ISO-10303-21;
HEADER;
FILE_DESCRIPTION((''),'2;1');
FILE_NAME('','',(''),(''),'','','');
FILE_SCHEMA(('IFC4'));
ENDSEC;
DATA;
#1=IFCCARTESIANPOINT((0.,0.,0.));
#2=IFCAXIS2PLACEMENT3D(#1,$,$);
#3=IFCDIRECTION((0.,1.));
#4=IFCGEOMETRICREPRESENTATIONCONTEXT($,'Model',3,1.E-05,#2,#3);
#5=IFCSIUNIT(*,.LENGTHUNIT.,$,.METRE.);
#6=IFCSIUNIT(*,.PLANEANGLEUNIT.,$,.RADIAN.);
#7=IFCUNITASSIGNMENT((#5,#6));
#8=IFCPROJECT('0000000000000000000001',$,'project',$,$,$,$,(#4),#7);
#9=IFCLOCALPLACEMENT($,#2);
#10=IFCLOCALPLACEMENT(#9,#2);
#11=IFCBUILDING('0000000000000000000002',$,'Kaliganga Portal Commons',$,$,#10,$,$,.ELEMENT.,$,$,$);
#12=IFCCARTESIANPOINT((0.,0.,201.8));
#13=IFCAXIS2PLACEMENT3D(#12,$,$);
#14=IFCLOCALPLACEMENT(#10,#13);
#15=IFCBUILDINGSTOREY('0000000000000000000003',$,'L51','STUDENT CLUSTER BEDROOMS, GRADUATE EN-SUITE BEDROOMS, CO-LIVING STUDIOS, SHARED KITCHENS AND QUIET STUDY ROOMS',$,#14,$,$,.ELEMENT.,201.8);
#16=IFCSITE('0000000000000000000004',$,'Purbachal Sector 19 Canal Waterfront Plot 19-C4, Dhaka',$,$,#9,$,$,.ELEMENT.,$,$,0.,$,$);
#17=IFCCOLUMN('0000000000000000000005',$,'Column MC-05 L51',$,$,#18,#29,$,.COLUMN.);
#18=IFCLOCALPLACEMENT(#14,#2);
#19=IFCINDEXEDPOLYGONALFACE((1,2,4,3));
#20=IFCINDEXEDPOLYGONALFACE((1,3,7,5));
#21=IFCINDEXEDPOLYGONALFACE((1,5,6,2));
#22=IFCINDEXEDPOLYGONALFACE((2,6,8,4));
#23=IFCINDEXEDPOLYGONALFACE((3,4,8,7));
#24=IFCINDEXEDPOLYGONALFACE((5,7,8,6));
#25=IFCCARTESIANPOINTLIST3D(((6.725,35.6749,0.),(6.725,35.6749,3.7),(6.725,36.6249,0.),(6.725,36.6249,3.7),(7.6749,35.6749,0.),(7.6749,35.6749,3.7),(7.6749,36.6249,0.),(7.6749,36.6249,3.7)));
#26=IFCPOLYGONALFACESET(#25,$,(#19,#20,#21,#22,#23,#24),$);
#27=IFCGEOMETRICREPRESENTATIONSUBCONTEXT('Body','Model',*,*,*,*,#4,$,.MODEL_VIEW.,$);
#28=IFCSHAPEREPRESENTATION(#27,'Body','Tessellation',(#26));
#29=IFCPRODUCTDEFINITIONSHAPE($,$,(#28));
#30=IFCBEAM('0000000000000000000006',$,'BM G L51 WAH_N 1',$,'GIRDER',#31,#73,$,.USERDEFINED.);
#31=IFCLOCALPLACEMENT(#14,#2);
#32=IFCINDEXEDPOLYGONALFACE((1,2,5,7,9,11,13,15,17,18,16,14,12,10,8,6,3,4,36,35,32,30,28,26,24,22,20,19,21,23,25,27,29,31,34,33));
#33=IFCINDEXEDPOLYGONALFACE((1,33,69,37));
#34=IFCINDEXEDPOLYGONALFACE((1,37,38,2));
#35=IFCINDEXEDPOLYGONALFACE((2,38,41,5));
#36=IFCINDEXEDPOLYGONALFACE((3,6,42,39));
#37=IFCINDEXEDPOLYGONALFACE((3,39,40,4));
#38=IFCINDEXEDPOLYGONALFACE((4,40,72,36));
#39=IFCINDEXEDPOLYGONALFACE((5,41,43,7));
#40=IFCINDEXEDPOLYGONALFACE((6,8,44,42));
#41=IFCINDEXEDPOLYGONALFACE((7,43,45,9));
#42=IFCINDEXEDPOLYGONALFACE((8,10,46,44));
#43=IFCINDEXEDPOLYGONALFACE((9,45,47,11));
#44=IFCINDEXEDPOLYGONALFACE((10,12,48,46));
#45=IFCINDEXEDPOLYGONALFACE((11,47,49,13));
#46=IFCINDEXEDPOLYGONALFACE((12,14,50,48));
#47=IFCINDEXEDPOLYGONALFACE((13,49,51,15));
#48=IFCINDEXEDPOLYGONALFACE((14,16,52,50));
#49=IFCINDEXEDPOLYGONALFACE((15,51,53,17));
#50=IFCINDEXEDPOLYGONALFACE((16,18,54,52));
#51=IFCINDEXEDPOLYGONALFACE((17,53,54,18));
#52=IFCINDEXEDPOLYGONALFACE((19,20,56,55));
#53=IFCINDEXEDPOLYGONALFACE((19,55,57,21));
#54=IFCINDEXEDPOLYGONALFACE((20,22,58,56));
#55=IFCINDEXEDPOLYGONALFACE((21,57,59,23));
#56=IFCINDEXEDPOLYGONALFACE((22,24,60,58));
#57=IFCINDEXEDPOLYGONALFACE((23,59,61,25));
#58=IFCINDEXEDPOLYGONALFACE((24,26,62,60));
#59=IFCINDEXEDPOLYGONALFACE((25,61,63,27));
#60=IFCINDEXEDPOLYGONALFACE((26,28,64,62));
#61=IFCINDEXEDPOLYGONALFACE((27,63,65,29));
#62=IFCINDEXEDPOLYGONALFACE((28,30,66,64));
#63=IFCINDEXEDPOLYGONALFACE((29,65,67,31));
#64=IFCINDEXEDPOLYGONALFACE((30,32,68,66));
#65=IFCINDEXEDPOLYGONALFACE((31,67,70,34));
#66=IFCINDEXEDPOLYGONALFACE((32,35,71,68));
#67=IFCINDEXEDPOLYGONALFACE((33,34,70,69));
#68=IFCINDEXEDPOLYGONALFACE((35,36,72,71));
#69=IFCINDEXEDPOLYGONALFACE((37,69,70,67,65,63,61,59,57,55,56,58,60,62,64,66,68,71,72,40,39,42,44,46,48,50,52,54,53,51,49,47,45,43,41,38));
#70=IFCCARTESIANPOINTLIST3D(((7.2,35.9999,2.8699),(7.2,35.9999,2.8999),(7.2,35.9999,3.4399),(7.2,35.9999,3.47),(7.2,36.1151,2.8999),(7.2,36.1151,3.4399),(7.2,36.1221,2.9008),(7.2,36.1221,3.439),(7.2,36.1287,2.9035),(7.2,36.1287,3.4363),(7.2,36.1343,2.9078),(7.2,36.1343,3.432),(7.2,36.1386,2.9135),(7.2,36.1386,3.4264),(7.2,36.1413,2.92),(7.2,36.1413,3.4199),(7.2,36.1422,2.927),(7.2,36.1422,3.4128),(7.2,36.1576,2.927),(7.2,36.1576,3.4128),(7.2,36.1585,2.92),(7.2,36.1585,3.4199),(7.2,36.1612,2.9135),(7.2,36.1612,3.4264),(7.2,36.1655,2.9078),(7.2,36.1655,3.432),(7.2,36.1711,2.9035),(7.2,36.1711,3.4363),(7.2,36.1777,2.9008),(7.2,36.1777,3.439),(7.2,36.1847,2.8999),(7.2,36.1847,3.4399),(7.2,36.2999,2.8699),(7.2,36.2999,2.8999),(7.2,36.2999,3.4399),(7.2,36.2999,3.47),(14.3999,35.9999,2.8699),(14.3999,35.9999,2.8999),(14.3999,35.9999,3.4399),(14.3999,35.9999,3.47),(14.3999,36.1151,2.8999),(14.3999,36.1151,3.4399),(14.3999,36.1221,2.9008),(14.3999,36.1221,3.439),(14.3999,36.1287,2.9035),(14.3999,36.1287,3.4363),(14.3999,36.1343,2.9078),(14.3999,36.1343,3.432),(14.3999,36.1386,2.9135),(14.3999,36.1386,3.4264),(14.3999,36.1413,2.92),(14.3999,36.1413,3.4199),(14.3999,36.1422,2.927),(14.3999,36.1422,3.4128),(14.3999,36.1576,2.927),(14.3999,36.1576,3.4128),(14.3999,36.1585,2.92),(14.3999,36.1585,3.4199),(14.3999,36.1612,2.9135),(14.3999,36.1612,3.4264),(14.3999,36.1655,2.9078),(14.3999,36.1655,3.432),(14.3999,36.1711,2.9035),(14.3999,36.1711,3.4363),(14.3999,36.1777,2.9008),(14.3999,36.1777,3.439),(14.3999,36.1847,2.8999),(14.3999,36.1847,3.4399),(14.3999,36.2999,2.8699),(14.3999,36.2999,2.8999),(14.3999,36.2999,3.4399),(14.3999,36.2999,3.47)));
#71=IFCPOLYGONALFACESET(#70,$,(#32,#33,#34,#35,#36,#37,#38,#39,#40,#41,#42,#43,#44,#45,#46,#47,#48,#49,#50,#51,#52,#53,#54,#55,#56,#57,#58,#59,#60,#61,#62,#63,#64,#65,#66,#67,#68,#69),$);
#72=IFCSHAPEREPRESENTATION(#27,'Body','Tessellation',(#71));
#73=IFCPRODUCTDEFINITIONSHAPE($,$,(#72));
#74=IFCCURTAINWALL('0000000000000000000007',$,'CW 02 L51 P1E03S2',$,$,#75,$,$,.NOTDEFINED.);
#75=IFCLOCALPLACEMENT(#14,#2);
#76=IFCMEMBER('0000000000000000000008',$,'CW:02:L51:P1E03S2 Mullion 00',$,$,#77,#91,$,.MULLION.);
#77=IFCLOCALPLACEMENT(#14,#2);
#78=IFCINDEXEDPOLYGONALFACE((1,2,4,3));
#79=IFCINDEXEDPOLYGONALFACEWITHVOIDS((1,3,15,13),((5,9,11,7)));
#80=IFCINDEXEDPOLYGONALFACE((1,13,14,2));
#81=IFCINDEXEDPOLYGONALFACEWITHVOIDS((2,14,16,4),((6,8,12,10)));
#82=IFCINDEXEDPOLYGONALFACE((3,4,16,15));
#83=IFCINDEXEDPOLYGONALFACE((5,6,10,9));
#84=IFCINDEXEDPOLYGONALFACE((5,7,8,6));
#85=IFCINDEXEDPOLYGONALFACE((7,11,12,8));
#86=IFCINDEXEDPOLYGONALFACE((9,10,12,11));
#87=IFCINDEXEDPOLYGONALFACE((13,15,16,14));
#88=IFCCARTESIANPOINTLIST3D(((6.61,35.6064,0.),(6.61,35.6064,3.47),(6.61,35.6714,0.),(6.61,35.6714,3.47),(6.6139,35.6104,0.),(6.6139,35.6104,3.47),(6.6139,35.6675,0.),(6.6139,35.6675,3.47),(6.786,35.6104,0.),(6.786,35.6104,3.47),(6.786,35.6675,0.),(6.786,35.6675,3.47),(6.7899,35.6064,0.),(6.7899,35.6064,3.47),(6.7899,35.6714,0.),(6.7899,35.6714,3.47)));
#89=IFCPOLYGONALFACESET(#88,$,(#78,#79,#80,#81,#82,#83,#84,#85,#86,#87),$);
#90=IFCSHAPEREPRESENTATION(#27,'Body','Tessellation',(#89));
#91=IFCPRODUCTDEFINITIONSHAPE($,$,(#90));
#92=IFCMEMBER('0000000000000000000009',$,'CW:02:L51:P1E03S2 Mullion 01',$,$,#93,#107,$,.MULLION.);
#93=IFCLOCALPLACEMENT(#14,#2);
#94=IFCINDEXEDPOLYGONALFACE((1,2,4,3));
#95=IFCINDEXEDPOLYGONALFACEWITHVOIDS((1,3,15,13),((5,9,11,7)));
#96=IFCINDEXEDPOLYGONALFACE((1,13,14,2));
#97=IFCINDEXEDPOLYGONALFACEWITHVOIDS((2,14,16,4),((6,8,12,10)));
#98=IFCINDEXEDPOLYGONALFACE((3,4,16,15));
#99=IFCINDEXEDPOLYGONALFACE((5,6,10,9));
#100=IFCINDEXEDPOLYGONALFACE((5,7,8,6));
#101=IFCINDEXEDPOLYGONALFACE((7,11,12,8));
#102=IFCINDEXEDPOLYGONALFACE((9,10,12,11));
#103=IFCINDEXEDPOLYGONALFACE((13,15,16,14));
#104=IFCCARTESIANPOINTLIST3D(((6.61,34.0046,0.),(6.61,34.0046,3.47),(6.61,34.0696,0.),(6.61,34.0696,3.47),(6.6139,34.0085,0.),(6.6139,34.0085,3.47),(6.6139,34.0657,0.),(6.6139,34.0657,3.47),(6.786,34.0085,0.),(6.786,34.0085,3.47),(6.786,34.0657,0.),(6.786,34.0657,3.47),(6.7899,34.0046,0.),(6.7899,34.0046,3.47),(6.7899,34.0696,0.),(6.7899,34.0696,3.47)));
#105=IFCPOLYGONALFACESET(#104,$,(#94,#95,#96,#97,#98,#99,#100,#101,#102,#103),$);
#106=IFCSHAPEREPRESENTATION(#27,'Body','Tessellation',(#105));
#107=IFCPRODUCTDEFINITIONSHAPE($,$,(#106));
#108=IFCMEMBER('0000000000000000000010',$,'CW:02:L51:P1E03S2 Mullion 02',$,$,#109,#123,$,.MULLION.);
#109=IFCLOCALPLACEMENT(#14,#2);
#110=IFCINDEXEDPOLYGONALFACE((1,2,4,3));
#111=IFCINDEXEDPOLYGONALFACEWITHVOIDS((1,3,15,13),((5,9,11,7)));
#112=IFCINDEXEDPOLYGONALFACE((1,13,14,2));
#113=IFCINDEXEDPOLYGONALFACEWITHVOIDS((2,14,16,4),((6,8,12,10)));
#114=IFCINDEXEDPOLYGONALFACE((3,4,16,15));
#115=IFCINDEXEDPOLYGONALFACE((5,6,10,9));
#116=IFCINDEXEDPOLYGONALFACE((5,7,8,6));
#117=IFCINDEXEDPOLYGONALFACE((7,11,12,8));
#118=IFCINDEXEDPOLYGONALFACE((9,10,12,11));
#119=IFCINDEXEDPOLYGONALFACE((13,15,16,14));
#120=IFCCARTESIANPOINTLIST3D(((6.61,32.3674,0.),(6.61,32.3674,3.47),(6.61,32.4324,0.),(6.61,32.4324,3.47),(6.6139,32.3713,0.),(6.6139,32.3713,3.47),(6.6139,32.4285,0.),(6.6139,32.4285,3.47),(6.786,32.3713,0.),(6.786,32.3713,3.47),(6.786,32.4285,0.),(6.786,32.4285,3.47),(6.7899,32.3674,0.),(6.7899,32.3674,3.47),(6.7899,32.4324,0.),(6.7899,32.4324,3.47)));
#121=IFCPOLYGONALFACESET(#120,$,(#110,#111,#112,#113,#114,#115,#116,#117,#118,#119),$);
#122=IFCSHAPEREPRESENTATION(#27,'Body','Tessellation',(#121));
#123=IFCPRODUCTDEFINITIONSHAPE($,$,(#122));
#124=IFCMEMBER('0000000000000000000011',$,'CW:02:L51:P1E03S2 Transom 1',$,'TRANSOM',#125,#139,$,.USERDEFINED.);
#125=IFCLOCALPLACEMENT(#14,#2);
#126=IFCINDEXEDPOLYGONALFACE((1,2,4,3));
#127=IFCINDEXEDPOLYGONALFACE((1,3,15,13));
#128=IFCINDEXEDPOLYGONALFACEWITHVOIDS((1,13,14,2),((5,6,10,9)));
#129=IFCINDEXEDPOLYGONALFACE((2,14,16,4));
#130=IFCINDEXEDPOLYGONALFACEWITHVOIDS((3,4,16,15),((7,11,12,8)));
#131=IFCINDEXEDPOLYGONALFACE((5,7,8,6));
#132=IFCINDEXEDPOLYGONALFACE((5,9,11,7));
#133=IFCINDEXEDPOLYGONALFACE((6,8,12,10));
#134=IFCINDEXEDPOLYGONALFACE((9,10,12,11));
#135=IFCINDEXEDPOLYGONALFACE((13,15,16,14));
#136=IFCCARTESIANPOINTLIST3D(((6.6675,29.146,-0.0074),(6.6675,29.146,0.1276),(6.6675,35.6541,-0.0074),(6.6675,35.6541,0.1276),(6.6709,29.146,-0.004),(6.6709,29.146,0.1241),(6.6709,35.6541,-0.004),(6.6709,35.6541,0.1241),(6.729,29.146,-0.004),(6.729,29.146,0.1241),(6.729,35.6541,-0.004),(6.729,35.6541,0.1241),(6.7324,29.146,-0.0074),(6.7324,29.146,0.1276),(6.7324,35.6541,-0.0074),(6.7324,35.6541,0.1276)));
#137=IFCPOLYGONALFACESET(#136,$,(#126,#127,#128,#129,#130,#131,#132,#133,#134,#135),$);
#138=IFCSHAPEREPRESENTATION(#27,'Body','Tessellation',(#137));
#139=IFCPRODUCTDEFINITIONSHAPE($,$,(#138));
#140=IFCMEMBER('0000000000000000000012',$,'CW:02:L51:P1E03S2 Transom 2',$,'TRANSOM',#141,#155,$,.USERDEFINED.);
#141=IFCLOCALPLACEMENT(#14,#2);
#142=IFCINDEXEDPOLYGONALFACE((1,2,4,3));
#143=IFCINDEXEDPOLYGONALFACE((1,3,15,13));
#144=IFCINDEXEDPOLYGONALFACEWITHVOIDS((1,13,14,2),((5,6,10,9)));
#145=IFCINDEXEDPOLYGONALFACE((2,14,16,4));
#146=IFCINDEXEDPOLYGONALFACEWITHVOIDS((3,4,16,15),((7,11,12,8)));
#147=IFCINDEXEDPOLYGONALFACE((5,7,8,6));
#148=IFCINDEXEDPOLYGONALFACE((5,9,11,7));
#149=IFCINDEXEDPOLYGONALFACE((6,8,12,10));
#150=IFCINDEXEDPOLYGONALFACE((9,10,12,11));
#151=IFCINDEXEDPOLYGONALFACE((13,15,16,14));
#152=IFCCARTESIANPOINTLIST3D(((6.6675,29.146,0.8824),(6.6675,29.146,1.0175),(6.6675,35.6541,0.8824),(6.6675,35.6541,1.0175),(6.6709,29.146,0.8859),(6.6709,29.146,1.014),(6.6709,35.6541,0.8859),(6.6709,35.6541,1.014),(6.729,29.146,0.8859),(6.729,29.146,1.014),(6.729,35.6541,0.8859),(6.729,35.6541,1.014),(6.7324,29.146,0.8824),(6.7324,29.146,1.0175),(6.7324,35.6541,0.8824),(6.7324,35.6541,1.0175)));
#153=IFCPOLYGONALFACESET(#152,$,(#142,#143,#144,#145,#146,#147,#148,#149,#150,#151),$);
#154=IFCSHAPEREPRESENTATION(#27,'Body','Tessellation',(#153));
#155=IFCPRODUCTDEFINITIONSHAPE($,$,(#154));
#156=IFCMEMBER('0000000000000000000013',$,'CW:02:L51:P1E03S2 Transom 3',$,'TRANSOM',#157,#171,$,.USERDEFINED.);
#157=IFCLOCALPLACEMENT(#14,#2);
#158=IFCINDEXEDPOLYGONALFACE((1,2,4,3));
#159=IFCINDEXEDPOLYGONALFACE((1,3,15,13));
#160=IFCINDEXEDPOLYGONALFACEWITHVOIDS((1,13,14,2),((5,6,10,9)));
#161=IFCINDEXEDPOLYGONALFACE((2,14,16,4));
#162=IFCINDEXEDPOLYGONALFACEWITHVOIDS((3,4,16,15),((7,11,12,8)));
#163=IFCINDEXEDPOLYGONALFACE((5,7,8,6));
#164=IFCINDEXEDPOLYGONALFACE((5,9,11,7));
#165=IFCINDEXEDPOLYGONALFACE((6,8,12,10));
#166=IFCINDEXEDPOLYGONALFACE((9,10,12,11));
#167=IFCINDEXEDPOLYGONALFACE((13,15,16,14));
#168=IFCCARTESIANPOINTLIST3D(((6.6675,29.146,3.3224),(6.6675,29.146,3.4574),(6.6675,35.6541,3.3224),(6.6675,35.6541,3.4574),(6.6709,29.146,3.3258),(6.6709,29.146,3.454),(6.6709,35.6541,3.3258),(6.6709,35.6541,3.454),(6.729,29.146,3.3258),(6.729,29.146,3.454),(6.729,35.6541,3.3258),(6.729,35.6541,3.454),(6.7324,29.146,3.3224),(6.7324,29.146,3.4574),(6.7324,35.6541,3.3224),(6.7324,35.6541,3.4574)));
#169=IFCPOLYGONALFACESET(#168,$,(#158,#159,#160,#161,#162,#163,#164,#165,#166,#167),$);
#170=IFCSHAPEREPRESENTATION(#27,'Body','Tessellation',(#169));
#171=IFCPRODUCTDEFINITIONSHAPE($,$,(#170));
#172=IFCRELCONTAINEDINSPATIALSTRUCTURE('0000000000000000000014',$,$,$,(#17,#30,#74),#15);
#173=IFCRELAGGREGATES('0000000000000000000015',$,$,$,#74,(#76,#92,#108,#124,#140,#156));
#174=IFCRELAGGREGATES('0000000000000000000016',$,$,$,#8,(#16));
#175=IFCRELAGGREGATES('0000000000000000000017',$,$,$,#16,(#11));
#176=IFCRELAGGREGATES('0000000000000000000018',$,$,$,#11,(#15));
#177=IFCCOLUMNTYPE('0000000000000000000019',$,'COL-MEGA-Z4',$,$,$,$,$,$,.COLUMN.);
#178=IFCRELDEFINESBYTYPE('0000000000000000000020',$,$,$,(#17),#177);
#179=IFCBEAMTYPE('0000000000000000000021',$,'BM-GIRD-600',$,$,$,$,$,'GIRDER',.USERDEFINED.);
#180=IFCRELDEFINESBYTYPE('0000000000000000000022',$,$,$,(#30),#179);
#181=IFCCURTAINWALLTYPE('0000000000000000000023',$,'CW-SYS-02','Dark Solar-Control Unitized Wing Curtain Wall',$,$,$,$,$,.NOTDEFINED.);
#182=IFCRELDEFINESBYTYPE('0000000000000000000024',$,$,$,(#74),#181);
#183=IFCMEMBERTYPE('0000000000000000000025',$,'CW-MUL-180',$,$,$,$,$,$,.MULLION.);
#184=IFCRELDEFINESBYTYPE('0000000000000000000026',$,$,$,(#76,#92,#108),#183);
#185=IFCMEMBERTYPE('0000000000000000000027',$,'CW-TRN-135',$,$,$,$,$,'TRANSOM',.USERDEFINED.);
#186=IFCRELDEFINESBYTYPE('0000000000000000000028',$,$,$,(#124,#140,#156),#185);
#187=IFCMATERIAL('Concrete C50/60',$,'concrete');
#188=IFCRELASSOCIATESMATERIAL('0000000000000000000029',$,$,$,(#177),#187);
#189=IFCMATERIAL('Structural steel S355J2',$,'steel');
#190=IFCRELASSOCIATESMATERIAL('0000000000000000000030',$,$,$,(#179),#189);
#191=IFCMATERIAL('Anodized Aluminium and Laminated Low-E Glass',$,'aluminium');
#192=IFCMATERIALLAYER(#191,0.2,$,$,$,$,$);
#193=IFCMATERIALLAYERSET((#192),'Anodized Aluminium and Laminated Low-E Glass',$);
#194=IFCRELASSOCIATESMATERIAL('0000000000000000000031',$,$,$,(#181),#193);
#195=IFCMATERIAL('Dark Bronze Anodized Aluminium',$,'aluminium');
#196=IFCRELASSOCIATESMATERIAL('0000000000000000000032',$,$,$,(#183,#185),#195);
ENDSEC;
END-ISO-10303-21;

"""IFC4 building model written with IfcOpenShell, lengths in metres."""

from ifc_helpers import new_model, si_unit, direction, frame, origin, origin_2d, place, context, subcontext, project, spatial, rectangle, hollow_rectangle, i_section, extrude, source, transform, mapped, material, layer, layer_set, material_profile, profile_set, type_object, element, aggregate, save


model = new_model("IFC4")

# Units and contexts
model_context = context("Model", 3, precision=1e-05, world=origin(), true_north=direction((0.0, 1.0)))
body_context = subcontext(model_context, "Body", "Model", "MODEL_VIEW")
ifc_project = project(units=[si_unit("LENGTHUNIT", "METRE"), si_unit("PLANEANGLEUNIT", "RADIAN")], contexts=[model_context])

# Site, building, storey
site_placement = place(None, origin())
site = spatial("IfcSite", under=ifc_project, at=site_placement, Name="Purbachal Sector 19 Canal Waterfront Plot 19-C4, Dhaka", CompositionType="ELEMENT", RefElevation=0.0)
building_placement = place(site_placement, origin())
building = spatial("IfcBuilding", under=site, at=building_placement, Name="Kaliganga Portal Commons", CompositionType="ELEMENT")
storey_placement = place(building_placement, frame((0.0, 0.0, 201.8)))
storey = spatial("IfcBuildingStorey", under=building, at=storey_placement, Name="L51", Description="STUDENT CLUSTER BEDROOMS, GRADUATE EN-SUITE BEDROOMS, CO-LIVING STUDIOS, SHARED KITCHENS AND QUIET STUDY ROOMS", CompositionType="ELEMENT", Elevation=201.8)

# Column
ifc_material_1 = material(Name="Concrete C50/60", Category="concrete")
ifc_material_profile_1 = material_profile(ifc_material_1, rectangle(XDim=0.95, YDim=0.95, at=origin_2d()), Name="RC 950x950")
ifc_profile_set_1 = profile_set([ifc_material_profile_1], Name="Concrete C50/60")
column_type = type_object("IfcColumnType", Name="COL-MEGA-Z4", PredefinedType="COLUMN", material=ifc_profile_set_1)
shared_shape_1 = source(origin(), body_context, "Body", "SweptSolid", [
    extrude(rectangle(XDim=0.95, YDim=0.95, at=origin_2d()), origin(), (0.0, 0.0, 1.0), 3.7),
])
column_placement = place(storey_placement, frame((7.2, 36.1499, 0.0), z_axis=(0.0, 0.0, 1.0), x_axis=(1.0, 0.0, 0.0)))
element("IfcColumn", 1, at=column_placement, inside=storey, type_object=column_type, Name="Column MC-05 L51", PredefinedType="COLUMN", context=body_context, shape_type="MappedRepresentation", body=[
    mapped(shared_shape_1, transform((0.0, 0.0, 0.0), x_axis=(1.0, 0.0, 0.0), y_axis=(0.0, 1.0, 0.0), z_axis=(0.0, 0.0, 1.0), scale=1.0)),
])

# Beam
ifc_material_2 = material(Name="Structural steel S355J2", Category="steel")
ifc_material_profile_2 = material_profile(ifc_material_2, i_section(OverallWidth=0.3, OverallDepth=0.6001, WebThickness=0.0154, FlangeThickness=0.03, FilletRadius=0.0271, at=origin_2d()), Name="HE 600 B")
ifc_profile_set_2 = profile_set([ifc_material_profile_2], Name="Structural steel S355J2 wide-flange")
beam_type = type_object("IfcBeamType", Name="BM-GIRD-600", ElementType="GIRDER", PredefinedType="USERDEFINED", material=ifc_profile_set_2)
shared_shape_2 = source(origin(), body_context, "Body", "SweptSolid", [
    extrude(i_section(OverallWidth=0.3, OverallDepth=0.6001, WebThickness=0.0154, FlangeThickness=0.03, FilletRadius=0.0271, at=origin_2d()), origin(), (0.0, 0.0, 1.0), 7.2),
])
beam_placement = place(storey_placement, frame((7.2, 36.1499, 3.1699), z_axis=(1.0, 0.0, 0.0), x_axis=(0.0, 1.0, 0.0)))
element("IfcBeam", 2, at=beam_placement, inside=storey, type_object=beam_type, Name="BM G L51 WAH_N 1", ObjectType="GIRDER", PredefinedType="USERDEFINED", context=body_context, shape_type="MappedRepresentation", body=[
    mapped(shared_shape_2, transform((0.0, 0.0, 0.0), x_axis=(1.0, 0.0, 0.0), y_axis=(0.0, 1.0, 0.0), z_axis=(0.0, 0.0, 1.0), scale=1.0)),
])

# Curtain wall, members
ifc_material_3 = material(Name="Anodized Aluminium and Laminated Low-E Glass", Category="aluminium")
ifc_layer_1 = layer(ifc_material_3, 0.2)
ifc_layer_set_1 = layer_set([ifc_layer_1], Name="Anodized Aluminium and Laminated Low-E Glass")
curtain_wall_type = type_object("IfcCurtainWallType", Name="CW-SYS-02", Description="Dark Solar-Control Unitized Wing Curtain Wall", PredefinedType="NOTDEFINED", material=ifc_layer_set_1)
curtain_wall_placement = place(storey_placement, origin())
curtain_wall = element("IfcCurtainWall", 3, at=curtain_wall_placement, inside=storey, type_object=curtain_wall_type, Name="CW 02 L51 P1E03S2", PredefinedType="NOTDEFINED")
ifc_material_4 = material(Name="Dark Bronze Anodized Aluminium", Category="aluminium")
ifc_material_profile_3 = material_profile(ifc_material_4, hollow_rectangle(XDim=0.0649, YDim=0.1799, WallThickness=0.0039, at=origin_2d()), Name="ALU MULL 65x180x4")
ifc_profile_set_3 = profile_set([ifc_material_profile_3], Name="Dark Bronze Anodized Aluminium")
member_type_1 = type_object("IfcMemberType", Name="CW-MUL-180", PredefinedType="MULLION", material=ifc_profile_set_3)
shared_shape_3 = source(origin(), body_context, "Body", "SweptSolid", [
    extrude(hollow_rectangle(XDim=0.0649, YDim=0.1799, WallThickness=0.0039, at=origin_2d()), origin(), (0.0, 0.0, 1.0), 3.47),
])
member_1_placement = place(storey_placement, frame((6.7, 35.6389, 0.0), z_axis=(0.0, 0.0, 1.0), x_axis=(0.0, -1.0, 0.0)))
member_1 = element("IfcMember", 4, at=member_1_placement, type_object=member_type_1, Name="CW:02:L51:P1E03S2 Mullion 00", PredefinedType="MULLION", context=body_context, shape_type="MappedRepresentation", body=[
    mapped(shared_shape_3, transform((0.0, 0.0, 0.0), x_axis=(1.0, 0.0, 0.0), y_axis=(0.0, 1.0, 0.0), z_axis=(0.0, 0.0, 1.0), scale=1.0)),
])
member_2_placement = place(storey_placement, frame((6.7, 34.0371, 0.0), z_axis=(0.0, 0.0, 1.0), x_axis=(0.0, -1.0, 0.0)))
member_2 = element("IfcMember", 5, at=member_2_placement, type_object=member_type_1, Name="CW:02:L51:P1E03S2 Mullion 01", PredefinedType="MULLION", context=body_context, shape_type="MappedRepresentation", body=[
    mapped(shared_shape_3, transform((0.0, 0.0, 0.0), x_axis=(1.0, 0.0, 0.0), y_axis=(0.0, 1.0, 0.0), z_axis=(0.0, 0.0, 1.0), scale=1.0)),
])
member_3_placement = place(storey_placement, frame((6.7, 32.3999, 0.0), z_axis=(0.0, 0.0, 1.0), x_axis=(0.0, -1.0, 0.0)))
member_3 = element("IfcMember", 6, at=member_3_placement, type_object=member_type_1, Name="CW:02:L51:P1E03S2 Mullion 02", PredefinedType="MULLION", context=body_context, shape_type="MappedRepresentation", body=[
    mapped(shared_shape_3, transform((0.0, 0.0, 0.0), x_axis=(1.0, 0.0, 0.0), y_axis=(0.0, 1.0, 0.0), z_axis=(0.0, 0.0, 1.0), scale=1.0)),
])
ifc_material_profile_4 = material_profile(ifc_material_4, hollow_rectangle(XDim=0.0649, YDim=0.135, WallThickness=0.0034, at=origin_2d()), Name="ALU TRAN 65x135x3.5")
ifc_profile_set_4 = profile_set([ifc_material_profile_4], Name="Dark Bronze Anodized Aluminium")
member_type_2 = type_object("IfcMemberType", Name="CW-TRN-135", ElementType="TRANSOM", PredefinedType="USERDEFINED", material=ifc_profile_set_4)
shared_shape_4 = source(origin(), body_context, "Body", "SweptSolid", [
    extrude(hollow_rectangle(XDim=0.0649, YDim=0.135, WallThickness=0.0034, at=origin_2d()), origin(), (0.0, 0.0, 1.0), 6.5081),
])
member_4_placement = place(storey_placement, frame((6.7, 35.6541, 0.0601), z_axis=(0.0, -1.0, 0.0), x_axis=(1.0, 0.0, 0.0)))
member_4 = element("IfcMember", 7, at=member_4_placement, type_object=member_type_2, Name="CW:02:L51:P1E03S2 Transom 1", ObjectType="TRANSOM", PredefinedType="USERDEFINED", context=body_context, shape_type="MappedRepresentation", body=[
    mapped(shared_shape_4, transform((0.0, 0.0, 0.0), x_axis=(1.0, 0.0, 0.0), y_axis=(0.0, 1.0, 0.0), z_axis=(0.0, 0.0, 1.0), scale=1.0)),
])
member_5_placement = place(storey_placement, frame((6.7, 35.6541, 0.95), z_axis=(0.0, -1.0, 0.0), x_axis=(1.0, 0.0, 0.0)))
member_5 = element("IfcMember", 8, at=member_5_placement, type_object=member_type_2, Name="CW:02:L51:P1E03S2 Transom 2", ObjectType="TRANSOM", PredefinedType="USERDEFINED", context=body_context, shape_type="MappedRepresentation", body=[
    mapped(shared_shape_4, transform((0.0, 0.0, 0.0), x_axis=(1.0, 0.0, 0.0), y_axis=(0.0, 1.0, 0.0), z_axis=(0.0, 0.0, 1.0), scale=1.0)),
])
member_6_placement = place(storey_placement, frame((6.7, 35.6541, 3.3899), z_axis=(0.0, -1.0, 0.0), x_axis=(1.0, 0.0, 0.0)))
member_6 = element("IfcMember", 9, at=member_6_placement, type_object=member_type_2, Name="CW:02:L51:P1E03S2 Transom 3", ObjectType="TRANSOM", PredefinedType="USERDEFINED", context=body_context, shape_type="MappedRepresentation", body=[
    mapped(shared_shape_4, transform((0.0, 0.0, 0.0), x_axis=(1.0, 0.0, 0.0), y_axis=(0.0, 1.0, 0.0), z_axis=(0.0, 0.0, 1.0), scale=1.0)),
])
aggregate(curtain_wall, [member_1, member_2, member_3, member_4, member_5, member_6])

save(model, "model.ifc")
